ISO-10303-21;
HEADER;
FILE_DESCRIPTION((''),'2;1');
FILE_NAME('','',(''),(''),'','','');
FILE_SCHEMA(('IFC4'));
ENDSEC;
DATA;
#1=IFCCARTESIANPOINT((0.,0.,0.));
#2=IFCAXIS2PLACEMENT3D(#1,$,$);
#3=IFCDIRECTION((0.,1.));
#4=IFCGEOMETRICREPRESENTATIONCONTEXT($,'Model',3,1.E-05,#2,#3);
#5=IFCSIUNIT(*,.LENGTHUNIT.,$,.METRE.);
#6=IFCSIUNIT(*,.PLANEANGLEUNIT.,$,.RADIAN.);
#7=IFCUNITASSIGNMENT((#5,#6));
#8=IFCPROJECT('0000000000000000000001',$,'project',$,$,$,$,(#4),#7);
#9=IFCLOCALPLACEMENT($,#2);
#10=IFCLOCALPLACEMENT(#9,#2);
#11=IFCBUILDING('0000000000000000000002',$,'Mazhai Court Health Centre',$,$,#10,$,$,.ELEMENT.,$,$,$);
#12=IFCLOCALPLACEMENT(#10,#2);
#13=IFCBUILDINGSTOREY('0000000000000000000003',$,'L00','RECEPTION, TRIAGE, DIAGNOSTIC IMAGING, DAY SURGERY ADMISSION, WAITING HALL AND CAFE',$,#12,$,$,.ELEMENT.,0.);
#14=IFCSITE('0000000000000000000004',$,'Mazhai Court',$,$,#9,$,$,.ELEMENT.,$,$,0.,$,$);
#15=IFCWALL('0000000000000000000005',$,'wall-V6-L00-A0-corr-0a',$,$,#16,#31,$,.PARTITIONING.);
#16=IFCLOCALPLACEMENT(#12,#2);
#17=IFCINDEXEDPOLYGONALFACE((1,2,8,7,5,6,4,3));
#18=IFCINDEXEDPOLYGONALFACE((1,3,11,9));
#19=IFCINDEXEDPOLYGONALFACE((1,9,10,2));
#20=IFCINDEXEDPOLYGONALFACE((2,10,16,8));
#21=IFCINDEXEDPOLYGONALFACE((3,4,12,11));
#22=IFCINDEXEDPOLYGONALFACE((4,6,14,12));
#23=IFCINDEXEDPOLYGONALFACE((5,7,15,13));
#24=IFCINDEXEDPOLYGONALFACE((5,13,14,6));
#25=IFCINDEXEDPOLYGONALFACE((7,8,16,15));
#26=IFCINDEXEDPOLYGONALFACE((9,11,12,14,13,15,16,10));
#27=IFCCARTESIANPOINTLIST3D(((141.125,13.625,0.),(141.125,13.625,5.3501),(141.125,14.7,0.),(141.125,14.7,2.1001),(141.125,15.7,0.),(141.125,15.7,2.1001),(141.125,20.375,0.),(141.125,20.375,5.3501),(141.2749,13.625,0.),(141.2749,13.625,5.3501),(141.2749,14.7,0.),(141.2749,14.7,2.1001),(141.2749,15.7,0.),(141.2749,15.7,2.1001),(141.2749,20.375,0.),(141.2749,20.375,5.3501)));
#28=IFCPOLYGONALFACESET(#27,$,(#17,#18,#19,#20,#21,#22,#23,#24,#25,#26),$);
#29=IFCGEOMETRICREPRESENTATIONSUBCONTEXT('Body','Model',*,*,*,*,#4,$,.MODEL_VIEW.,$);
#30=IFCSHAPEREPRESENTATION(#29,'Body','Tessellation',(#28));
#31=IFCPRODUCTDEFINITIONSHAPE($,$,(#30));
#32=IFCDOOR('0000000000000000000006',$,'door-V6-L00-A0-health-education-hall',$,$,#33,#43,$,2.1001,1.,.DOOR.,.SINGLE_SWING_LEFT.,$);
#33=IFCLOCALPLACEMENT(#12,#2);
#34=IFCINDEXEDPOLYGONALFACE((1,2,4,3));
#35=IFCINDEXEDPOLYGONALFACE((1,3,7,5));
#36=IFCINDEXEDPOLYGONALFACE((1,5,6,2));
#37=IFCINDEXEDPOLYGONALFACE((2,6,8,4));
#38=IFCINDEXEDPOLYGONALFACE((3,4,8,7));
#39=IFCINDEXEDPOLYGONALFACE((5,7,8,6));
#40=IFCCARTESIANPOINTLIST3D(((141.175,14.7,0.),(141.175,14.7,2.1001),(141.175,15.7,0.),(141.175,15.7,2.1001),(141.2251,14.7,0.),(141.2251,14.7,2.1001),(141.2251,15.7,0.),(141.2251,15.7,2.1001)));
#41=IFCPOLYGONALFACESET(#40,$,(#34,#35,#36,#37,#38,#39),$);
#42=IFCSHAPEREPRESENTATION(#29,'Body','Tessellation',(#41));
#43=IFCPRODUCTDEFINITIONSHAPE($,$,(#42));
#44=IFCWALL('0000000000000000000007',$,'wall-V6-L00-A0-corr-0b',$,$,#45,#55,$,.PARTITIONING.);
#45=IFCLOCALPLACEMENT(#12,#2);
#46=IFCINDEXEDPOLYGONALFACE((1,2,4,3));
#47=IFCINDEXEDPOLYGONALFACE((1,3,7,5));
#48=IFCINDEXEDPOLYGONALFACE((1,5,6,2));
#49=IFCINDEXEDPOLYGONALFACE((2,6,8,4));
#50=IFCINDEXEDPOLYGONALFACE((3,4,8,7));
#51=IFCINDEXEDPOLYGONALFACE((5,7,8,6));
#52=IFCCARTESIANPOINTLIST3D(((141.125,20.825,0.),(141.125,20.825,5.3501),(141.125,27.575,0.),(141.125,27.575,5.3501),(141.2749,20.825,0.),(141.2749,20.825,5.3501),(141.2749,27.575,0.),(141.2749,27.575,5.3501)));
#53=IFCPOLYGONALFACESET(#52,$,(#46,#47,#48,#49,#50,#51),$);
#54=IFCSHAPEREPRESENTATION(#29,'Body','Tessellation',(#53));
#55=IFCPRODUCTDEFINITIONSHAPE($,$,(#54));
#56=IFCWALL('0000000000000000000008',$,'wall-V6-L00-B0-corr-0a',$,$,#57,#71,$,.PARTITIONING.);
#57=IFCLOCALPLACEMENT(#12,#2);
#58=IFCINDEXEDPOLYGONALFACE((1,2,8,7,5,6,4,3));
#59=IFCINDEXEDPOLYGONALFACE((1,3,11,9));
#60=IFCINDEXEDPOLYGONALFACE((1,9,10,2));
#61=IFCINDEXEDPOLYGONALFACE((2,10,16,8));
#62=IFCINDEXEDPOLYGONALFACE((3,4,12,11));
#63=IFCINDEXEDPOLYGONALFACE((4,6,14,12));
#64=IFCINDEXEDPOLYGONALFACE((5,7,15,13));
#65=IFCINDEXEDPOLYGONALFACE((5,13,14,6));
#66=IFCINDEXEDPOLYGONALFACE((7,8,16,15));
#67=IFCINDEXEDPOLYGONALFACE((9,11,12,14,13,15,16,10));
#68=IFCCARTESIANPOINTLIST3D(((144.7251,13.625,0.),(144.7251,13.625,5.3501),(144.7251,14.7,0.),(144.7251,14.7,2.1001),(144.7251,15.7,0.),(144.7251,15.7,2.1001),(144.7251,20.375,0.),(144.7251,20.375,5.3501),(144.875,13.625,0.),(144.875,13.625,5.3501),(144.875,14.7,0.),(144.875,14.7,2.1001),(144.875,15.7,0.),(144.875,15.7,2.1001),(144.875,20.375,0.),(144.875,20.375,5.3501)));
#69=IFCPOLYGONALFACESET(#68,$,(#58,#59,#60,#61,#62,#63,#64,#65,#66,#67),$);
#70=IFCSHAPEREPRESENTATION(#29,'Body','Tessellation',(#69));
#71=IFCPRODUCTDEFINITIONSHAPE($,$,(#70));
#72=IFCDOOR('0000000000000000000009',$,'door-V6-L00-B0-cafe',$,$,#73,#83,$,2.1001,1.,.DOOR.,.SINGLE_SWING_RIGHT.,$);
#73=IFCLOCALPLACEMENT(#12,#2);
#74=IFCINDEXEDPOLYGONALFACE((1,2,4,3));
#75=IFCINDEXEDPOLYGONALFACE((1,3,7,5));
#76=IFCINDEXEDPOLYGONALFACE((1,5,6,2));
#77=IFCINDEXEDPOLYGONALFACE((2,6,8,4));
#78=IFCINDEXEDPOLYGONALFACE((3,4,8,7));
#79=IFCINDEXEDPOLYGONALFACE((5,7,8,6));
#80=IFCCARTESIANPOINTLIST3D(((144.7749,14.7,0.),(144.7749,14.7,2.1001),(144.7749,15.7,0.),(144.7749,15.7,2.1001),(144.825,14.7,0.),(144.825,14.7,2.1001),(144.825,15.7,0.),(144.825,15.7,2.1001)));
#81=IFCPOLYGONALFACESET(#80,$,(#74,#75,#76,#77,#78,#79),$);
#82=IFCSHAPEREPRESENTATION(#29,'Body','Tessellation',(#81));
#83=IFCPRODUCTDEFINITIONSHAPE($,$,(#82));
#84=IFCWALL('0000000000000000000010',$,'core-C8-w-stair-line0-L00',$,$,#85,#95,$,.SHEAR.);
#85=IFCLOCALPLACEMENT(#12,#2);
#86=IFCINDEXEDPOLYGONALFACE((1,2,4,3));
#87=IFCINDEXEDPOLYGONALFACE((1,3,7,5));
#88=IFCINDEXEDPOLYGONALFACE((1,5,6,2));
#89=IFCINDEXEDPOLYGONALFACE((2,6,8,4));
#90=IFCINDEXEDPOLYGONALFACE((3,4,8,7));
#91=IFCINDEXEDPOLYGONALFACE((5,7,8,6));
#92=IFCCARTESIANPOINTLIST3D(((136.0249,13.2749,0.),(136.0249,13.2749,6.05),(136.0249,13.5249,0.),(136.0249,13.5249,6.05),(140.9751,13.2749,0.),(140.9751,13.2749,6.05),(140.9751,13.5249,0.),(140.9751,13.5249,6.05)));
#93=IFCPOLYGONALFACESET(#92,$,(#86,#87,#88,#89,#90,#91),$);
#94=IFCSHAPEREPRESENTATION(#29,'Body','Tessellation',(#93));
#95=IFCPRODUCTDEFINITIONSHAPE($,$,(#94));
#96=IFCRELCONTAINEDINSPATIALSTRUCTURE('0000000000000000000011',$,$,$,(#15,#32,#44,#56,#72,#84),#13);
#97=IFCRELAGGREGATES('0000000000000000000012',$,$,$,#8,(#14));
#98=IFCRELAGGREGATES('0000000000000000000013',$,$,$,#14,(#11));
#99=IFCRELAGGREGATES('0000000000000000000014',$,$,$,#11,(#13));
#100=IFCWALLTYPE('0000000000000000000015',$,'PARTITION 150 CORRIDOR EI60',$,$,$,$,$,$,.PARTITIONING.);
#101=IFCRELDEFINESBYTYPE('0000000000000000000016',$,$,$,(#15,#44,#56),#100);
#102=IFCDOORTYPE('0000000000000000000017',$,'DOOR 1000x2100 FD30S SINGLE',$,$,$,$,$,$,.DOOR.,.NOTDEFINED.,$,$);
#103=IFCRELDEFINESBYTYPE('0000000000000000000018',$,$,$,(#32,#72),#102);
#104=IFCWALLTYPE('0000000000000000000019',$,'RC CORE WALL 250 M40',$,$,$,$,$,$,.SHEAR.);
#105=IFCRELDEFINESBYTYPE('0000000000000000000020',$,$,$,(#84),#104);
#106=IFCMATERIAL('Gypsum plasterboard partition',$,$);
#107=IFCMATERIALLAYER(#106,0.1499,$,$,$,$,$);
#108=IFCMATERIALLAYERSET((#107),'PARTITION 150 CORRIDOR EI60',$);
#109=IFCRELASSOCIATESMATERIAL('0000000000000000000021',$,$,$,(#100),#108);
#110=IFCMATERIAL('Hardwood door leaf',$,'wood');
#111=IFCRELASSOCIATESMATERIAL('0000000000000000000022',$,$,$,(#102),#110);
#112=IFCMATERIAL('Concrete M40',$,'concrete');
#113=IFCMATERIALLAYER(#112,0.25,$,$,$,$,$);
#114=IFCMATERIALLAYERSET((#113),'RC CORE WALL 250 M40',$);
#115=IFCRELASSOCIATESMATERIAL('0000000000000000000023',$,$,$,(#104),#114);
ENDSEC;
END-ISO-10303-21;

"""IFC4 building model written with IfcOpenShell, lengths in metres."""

from ifc_helpers import new_model, si_unit, direction, frame, frame_2d, origin, place, context, subcontext, project, spatial, rectangle, extrude, material, layer, layer_set, type_object, element, fill, save


model = new_model("IFC4")

# Units and contexts
model_context = context("Model", 3, precision=1e-05, world=origin(), true_north=direction((0.0, 1.0)))
body_context = subcontext(model_context, "Body", "Model", "MODEL_VIEW")
ifc_project = project(units=[si_unit("LENGTHUNIT", "METRE"), si_unit("PLANEANGLEUNIT", "RADIAN")], contexts=[model_context])

# Site, building, storey
site_placement = place(None, origin())
site = spatial("IfcSite", under=ifc_project, at=site_placement, Name="Mazhai Court", CompositionType="ELEMENT", RefElevation=0.0)
building_placement = place(site_placement, origin())
building = spatial("IfcBuilding", under=site, at=building_placement, Name="Mazhai Court Health Centre", CompositionType="ELEMENT")
storey_placement = place(building_placement, origin())
storey = spatial("IfcBuildingStorey", under=building, at=storey_placement, Name="L00", Description="RECEPTION, TRIAGE, DIAGNOSTIC IMAGING, DAY SURGERY ADMISSION, WAITING HALL AND CAFE", CompositionType="ELEMENT", Elevation=0.0)

# Wall, opening, door
ifc_material_1 = material(Name="Gypsum plasterboard partition")
ifc_layer_1 = layer(ifc_material_1, 0.1499)
ifc_layer_set_1 = layer_set([ifc_layer_1], Name="PARTITION 150 CORRIDOR EI60")
wall_type_1 = type_object("IfcWallType", Name="PARTITION 150 CORRIDOR EI60", PredefinedType="PARTITIONING", material=ifc_layer_set_1)
wall_1_placement = place(storey_placement, frame((141.2, 13.625, 0.0), z_axis=(0.0, 0.0, 1.0), x_axis=(0.0, 1.0, 0.0)))
wall_1 = element("IfcWall", 1, at=wall_1_placement, inside=storey, type_object=wall_type_1, Name="wall-V6-L00-A0-corr-0a", PredefinedType="PARTITIONING", context=body_context, shape_type="SweptSolid", body=[
    extrude(rectangle(XDim=6.75, YDim=0.1499, at=frame_2d((3.375, 0.0))), origin(), (0.0, 0.0, 1.0), 5.3501),
])
opening_1_placement = place(wall_1_placement, frame((1.075, 0.0, 0.0)))
opening_1 = element("IfcOpeningElement", 2, at=opening_1_placement, cuts=wall_1, PredefinedType="OPENING", context=body_context, shape_type="SweptSolid", body=[
    extrude(rectangle(XDim=1.0, YDim=2.1001, at=frame_2d((0.5, 1.05))), frame((0.0, 0.085, 0.0), z_axis=(0.0, -1.0, 0.0), x_axis=(1.0, 0.0, 0.0)), (0.0, 0.0, 1.0), 0.1699),
])
ifc_material_2 = material(Name="Hardwood door leaf", Category="wood")
door_type = type_object("IfcDoorType", Name="DOOR 1000x2100 FD30S SINGLE", OperationType="NOTDEFINED", PredefinedType="DOOR", material=ifc_material_2)
door_1_placement = place(opening_1_placement, origin())
door_1 = element("IfcDoor", 3, at=door_1_placement, inside=storey, type_object=door_type, Name="door-V6-L00-A0-health-education-hall", OperationType="SINGLE_SWING_LEFT", OverallHeight=2.1001, OverallWidth=1.0, PredefinedType="DOOR", context=body_context, shape_type="SweptSolid", body=[
    extrude(rectangle(XDim=1.0, YDim=2.1001, at=frame_2d((0.5, 1.05))), frame((0.0, 0.0249, 0.0), z_axis=(0.0, -1.0, 0.0), x_axis=(1.0, 0.0, 0.0)), (0.0, 0.0, 1.0), 0.05),
])
fill(opening_1, door_1)

# Wall
wall_2_placement = place(storey_placement, frame((141.2, 20.825, 0.0), z_axis=(0.0, 0.0, 1.0), x_axis=(0.0, 1.0, 0.0)))
element("IfcWall", 4, at=wall_2_placement, inside=storey, type_object=wall_type_1, Name="wall-V6-L00-A0-corr-0b", PredefinedType="PARTITIONING", context=body_context, shape_type="SweptSolid", body=[
    extrude(rectangle(XDim=6.75, YDim=0.1499, at=frame_2d((3.375, 0.0))), origin(), (0.0, 0.0, 1.0), 5.3501),
])

# Wall, opening, door
wall_3_placement = place(storey_placement, frame((144.8, 20.375, 0.0), z_axis=(0.0, 0.0, 1.0), x_axis=(0.0, -1.0, 0.0)))
wall_3 = element("IfcWall", 5, at=wall_3_placement, inside=storey, type_object=wall_type_1, Name="wall-V6-L00-B0-corr-0a", PredefinedType="PARTITIONING", context=body_context, shape_type="SweptSolid", body=[
    extrude(rectangle(XDim=6.75, YDim=0.1499, at=frame_2d((3.375, 0.0))), origin(), (0.0, 0.0, 1.0), 5.3501),
])
opening_2_placement = place(wall_3_placement, frame((4.675, 0.0, 0.0)))
opening_2 = element("IfcOpeningElement", 6, at=opening_2_placement, cuts=wall_3, PredefinedType="OPENING", context=body_context, shape_type="SweptSolid", body=[
    extrude(rectangle(XDim=1.0, YDim=2.1001, at=frame_2d((0.5, 1.05))), frame((0.0, 0.085, 0.0), z_axis=(0.0, -1.0, 0.0), x_axis=(1.0, 0.0, 0.0)), (0.0, 0.0, 1.0), 0.1699),
])
door_2_placement = place(opening_2_placement, origin())
door_2 = element("IfcDoor", 7, at=door_2_placement, inside=storey, type_object=door_type, Name="door-V6-L00-B0-cafe", OperationType="SINGLE_SWING_RIGHT", OverallHeight=2.1001, OverallWidth=1.0, PredefinedType="DOOR", context=body_context, shape_type="SweptSolid", body=[
    extrude(rectangle(XDim=1.0, YDim=2.1001, at=frame_2d((0.5, 1.05))), frame((0.0, 0.0249, 0.0), z_axis=(0.0, -1.0, 0.0), x_axis=(1.0, 0.0, 0.0)), (0.0, 0.0, 1.0), 0.05),
])
fill(opening_2, door_2)

# Wall
ifc_material_3 = material(Name="Concrete M40", Category="concrete")
ifc_layer_2 = layer(ifc_material_3, 0.25)
ifc_layer_set_2 = layer_set([ifc_layer_2], Name="RC CORE WALL 250 M40")
wall_type_2 = type_object("IfcWallType", Name="RC CORE WALL 250 M40", PredefinedType="SHEAR", material=ifc_layer_set_2)
wall_4_placement = place(storey_placement, frame((136.0249, 13.3999, 0.0), z_axis=(0.0, 0.0, 1.0), x_axis=(1.0, 0.0, 0.0)))
element("IfcWall", 8, at=wall_4_placement, inside=storey, type_object=wall_type_2, Name="core-C8-w-stair-line0-L00", PredefinedType="SHEAR", context=body_context, shape_type="SweptSolid", body=[
    extrude(rectangle(XDim=4.9502, YDim=0.25, at=frame_2d((2.4751, 0.0))), origin(), (0.0, 0.0, 1.0), 6.05),
])

save(model, "model.ifc")
